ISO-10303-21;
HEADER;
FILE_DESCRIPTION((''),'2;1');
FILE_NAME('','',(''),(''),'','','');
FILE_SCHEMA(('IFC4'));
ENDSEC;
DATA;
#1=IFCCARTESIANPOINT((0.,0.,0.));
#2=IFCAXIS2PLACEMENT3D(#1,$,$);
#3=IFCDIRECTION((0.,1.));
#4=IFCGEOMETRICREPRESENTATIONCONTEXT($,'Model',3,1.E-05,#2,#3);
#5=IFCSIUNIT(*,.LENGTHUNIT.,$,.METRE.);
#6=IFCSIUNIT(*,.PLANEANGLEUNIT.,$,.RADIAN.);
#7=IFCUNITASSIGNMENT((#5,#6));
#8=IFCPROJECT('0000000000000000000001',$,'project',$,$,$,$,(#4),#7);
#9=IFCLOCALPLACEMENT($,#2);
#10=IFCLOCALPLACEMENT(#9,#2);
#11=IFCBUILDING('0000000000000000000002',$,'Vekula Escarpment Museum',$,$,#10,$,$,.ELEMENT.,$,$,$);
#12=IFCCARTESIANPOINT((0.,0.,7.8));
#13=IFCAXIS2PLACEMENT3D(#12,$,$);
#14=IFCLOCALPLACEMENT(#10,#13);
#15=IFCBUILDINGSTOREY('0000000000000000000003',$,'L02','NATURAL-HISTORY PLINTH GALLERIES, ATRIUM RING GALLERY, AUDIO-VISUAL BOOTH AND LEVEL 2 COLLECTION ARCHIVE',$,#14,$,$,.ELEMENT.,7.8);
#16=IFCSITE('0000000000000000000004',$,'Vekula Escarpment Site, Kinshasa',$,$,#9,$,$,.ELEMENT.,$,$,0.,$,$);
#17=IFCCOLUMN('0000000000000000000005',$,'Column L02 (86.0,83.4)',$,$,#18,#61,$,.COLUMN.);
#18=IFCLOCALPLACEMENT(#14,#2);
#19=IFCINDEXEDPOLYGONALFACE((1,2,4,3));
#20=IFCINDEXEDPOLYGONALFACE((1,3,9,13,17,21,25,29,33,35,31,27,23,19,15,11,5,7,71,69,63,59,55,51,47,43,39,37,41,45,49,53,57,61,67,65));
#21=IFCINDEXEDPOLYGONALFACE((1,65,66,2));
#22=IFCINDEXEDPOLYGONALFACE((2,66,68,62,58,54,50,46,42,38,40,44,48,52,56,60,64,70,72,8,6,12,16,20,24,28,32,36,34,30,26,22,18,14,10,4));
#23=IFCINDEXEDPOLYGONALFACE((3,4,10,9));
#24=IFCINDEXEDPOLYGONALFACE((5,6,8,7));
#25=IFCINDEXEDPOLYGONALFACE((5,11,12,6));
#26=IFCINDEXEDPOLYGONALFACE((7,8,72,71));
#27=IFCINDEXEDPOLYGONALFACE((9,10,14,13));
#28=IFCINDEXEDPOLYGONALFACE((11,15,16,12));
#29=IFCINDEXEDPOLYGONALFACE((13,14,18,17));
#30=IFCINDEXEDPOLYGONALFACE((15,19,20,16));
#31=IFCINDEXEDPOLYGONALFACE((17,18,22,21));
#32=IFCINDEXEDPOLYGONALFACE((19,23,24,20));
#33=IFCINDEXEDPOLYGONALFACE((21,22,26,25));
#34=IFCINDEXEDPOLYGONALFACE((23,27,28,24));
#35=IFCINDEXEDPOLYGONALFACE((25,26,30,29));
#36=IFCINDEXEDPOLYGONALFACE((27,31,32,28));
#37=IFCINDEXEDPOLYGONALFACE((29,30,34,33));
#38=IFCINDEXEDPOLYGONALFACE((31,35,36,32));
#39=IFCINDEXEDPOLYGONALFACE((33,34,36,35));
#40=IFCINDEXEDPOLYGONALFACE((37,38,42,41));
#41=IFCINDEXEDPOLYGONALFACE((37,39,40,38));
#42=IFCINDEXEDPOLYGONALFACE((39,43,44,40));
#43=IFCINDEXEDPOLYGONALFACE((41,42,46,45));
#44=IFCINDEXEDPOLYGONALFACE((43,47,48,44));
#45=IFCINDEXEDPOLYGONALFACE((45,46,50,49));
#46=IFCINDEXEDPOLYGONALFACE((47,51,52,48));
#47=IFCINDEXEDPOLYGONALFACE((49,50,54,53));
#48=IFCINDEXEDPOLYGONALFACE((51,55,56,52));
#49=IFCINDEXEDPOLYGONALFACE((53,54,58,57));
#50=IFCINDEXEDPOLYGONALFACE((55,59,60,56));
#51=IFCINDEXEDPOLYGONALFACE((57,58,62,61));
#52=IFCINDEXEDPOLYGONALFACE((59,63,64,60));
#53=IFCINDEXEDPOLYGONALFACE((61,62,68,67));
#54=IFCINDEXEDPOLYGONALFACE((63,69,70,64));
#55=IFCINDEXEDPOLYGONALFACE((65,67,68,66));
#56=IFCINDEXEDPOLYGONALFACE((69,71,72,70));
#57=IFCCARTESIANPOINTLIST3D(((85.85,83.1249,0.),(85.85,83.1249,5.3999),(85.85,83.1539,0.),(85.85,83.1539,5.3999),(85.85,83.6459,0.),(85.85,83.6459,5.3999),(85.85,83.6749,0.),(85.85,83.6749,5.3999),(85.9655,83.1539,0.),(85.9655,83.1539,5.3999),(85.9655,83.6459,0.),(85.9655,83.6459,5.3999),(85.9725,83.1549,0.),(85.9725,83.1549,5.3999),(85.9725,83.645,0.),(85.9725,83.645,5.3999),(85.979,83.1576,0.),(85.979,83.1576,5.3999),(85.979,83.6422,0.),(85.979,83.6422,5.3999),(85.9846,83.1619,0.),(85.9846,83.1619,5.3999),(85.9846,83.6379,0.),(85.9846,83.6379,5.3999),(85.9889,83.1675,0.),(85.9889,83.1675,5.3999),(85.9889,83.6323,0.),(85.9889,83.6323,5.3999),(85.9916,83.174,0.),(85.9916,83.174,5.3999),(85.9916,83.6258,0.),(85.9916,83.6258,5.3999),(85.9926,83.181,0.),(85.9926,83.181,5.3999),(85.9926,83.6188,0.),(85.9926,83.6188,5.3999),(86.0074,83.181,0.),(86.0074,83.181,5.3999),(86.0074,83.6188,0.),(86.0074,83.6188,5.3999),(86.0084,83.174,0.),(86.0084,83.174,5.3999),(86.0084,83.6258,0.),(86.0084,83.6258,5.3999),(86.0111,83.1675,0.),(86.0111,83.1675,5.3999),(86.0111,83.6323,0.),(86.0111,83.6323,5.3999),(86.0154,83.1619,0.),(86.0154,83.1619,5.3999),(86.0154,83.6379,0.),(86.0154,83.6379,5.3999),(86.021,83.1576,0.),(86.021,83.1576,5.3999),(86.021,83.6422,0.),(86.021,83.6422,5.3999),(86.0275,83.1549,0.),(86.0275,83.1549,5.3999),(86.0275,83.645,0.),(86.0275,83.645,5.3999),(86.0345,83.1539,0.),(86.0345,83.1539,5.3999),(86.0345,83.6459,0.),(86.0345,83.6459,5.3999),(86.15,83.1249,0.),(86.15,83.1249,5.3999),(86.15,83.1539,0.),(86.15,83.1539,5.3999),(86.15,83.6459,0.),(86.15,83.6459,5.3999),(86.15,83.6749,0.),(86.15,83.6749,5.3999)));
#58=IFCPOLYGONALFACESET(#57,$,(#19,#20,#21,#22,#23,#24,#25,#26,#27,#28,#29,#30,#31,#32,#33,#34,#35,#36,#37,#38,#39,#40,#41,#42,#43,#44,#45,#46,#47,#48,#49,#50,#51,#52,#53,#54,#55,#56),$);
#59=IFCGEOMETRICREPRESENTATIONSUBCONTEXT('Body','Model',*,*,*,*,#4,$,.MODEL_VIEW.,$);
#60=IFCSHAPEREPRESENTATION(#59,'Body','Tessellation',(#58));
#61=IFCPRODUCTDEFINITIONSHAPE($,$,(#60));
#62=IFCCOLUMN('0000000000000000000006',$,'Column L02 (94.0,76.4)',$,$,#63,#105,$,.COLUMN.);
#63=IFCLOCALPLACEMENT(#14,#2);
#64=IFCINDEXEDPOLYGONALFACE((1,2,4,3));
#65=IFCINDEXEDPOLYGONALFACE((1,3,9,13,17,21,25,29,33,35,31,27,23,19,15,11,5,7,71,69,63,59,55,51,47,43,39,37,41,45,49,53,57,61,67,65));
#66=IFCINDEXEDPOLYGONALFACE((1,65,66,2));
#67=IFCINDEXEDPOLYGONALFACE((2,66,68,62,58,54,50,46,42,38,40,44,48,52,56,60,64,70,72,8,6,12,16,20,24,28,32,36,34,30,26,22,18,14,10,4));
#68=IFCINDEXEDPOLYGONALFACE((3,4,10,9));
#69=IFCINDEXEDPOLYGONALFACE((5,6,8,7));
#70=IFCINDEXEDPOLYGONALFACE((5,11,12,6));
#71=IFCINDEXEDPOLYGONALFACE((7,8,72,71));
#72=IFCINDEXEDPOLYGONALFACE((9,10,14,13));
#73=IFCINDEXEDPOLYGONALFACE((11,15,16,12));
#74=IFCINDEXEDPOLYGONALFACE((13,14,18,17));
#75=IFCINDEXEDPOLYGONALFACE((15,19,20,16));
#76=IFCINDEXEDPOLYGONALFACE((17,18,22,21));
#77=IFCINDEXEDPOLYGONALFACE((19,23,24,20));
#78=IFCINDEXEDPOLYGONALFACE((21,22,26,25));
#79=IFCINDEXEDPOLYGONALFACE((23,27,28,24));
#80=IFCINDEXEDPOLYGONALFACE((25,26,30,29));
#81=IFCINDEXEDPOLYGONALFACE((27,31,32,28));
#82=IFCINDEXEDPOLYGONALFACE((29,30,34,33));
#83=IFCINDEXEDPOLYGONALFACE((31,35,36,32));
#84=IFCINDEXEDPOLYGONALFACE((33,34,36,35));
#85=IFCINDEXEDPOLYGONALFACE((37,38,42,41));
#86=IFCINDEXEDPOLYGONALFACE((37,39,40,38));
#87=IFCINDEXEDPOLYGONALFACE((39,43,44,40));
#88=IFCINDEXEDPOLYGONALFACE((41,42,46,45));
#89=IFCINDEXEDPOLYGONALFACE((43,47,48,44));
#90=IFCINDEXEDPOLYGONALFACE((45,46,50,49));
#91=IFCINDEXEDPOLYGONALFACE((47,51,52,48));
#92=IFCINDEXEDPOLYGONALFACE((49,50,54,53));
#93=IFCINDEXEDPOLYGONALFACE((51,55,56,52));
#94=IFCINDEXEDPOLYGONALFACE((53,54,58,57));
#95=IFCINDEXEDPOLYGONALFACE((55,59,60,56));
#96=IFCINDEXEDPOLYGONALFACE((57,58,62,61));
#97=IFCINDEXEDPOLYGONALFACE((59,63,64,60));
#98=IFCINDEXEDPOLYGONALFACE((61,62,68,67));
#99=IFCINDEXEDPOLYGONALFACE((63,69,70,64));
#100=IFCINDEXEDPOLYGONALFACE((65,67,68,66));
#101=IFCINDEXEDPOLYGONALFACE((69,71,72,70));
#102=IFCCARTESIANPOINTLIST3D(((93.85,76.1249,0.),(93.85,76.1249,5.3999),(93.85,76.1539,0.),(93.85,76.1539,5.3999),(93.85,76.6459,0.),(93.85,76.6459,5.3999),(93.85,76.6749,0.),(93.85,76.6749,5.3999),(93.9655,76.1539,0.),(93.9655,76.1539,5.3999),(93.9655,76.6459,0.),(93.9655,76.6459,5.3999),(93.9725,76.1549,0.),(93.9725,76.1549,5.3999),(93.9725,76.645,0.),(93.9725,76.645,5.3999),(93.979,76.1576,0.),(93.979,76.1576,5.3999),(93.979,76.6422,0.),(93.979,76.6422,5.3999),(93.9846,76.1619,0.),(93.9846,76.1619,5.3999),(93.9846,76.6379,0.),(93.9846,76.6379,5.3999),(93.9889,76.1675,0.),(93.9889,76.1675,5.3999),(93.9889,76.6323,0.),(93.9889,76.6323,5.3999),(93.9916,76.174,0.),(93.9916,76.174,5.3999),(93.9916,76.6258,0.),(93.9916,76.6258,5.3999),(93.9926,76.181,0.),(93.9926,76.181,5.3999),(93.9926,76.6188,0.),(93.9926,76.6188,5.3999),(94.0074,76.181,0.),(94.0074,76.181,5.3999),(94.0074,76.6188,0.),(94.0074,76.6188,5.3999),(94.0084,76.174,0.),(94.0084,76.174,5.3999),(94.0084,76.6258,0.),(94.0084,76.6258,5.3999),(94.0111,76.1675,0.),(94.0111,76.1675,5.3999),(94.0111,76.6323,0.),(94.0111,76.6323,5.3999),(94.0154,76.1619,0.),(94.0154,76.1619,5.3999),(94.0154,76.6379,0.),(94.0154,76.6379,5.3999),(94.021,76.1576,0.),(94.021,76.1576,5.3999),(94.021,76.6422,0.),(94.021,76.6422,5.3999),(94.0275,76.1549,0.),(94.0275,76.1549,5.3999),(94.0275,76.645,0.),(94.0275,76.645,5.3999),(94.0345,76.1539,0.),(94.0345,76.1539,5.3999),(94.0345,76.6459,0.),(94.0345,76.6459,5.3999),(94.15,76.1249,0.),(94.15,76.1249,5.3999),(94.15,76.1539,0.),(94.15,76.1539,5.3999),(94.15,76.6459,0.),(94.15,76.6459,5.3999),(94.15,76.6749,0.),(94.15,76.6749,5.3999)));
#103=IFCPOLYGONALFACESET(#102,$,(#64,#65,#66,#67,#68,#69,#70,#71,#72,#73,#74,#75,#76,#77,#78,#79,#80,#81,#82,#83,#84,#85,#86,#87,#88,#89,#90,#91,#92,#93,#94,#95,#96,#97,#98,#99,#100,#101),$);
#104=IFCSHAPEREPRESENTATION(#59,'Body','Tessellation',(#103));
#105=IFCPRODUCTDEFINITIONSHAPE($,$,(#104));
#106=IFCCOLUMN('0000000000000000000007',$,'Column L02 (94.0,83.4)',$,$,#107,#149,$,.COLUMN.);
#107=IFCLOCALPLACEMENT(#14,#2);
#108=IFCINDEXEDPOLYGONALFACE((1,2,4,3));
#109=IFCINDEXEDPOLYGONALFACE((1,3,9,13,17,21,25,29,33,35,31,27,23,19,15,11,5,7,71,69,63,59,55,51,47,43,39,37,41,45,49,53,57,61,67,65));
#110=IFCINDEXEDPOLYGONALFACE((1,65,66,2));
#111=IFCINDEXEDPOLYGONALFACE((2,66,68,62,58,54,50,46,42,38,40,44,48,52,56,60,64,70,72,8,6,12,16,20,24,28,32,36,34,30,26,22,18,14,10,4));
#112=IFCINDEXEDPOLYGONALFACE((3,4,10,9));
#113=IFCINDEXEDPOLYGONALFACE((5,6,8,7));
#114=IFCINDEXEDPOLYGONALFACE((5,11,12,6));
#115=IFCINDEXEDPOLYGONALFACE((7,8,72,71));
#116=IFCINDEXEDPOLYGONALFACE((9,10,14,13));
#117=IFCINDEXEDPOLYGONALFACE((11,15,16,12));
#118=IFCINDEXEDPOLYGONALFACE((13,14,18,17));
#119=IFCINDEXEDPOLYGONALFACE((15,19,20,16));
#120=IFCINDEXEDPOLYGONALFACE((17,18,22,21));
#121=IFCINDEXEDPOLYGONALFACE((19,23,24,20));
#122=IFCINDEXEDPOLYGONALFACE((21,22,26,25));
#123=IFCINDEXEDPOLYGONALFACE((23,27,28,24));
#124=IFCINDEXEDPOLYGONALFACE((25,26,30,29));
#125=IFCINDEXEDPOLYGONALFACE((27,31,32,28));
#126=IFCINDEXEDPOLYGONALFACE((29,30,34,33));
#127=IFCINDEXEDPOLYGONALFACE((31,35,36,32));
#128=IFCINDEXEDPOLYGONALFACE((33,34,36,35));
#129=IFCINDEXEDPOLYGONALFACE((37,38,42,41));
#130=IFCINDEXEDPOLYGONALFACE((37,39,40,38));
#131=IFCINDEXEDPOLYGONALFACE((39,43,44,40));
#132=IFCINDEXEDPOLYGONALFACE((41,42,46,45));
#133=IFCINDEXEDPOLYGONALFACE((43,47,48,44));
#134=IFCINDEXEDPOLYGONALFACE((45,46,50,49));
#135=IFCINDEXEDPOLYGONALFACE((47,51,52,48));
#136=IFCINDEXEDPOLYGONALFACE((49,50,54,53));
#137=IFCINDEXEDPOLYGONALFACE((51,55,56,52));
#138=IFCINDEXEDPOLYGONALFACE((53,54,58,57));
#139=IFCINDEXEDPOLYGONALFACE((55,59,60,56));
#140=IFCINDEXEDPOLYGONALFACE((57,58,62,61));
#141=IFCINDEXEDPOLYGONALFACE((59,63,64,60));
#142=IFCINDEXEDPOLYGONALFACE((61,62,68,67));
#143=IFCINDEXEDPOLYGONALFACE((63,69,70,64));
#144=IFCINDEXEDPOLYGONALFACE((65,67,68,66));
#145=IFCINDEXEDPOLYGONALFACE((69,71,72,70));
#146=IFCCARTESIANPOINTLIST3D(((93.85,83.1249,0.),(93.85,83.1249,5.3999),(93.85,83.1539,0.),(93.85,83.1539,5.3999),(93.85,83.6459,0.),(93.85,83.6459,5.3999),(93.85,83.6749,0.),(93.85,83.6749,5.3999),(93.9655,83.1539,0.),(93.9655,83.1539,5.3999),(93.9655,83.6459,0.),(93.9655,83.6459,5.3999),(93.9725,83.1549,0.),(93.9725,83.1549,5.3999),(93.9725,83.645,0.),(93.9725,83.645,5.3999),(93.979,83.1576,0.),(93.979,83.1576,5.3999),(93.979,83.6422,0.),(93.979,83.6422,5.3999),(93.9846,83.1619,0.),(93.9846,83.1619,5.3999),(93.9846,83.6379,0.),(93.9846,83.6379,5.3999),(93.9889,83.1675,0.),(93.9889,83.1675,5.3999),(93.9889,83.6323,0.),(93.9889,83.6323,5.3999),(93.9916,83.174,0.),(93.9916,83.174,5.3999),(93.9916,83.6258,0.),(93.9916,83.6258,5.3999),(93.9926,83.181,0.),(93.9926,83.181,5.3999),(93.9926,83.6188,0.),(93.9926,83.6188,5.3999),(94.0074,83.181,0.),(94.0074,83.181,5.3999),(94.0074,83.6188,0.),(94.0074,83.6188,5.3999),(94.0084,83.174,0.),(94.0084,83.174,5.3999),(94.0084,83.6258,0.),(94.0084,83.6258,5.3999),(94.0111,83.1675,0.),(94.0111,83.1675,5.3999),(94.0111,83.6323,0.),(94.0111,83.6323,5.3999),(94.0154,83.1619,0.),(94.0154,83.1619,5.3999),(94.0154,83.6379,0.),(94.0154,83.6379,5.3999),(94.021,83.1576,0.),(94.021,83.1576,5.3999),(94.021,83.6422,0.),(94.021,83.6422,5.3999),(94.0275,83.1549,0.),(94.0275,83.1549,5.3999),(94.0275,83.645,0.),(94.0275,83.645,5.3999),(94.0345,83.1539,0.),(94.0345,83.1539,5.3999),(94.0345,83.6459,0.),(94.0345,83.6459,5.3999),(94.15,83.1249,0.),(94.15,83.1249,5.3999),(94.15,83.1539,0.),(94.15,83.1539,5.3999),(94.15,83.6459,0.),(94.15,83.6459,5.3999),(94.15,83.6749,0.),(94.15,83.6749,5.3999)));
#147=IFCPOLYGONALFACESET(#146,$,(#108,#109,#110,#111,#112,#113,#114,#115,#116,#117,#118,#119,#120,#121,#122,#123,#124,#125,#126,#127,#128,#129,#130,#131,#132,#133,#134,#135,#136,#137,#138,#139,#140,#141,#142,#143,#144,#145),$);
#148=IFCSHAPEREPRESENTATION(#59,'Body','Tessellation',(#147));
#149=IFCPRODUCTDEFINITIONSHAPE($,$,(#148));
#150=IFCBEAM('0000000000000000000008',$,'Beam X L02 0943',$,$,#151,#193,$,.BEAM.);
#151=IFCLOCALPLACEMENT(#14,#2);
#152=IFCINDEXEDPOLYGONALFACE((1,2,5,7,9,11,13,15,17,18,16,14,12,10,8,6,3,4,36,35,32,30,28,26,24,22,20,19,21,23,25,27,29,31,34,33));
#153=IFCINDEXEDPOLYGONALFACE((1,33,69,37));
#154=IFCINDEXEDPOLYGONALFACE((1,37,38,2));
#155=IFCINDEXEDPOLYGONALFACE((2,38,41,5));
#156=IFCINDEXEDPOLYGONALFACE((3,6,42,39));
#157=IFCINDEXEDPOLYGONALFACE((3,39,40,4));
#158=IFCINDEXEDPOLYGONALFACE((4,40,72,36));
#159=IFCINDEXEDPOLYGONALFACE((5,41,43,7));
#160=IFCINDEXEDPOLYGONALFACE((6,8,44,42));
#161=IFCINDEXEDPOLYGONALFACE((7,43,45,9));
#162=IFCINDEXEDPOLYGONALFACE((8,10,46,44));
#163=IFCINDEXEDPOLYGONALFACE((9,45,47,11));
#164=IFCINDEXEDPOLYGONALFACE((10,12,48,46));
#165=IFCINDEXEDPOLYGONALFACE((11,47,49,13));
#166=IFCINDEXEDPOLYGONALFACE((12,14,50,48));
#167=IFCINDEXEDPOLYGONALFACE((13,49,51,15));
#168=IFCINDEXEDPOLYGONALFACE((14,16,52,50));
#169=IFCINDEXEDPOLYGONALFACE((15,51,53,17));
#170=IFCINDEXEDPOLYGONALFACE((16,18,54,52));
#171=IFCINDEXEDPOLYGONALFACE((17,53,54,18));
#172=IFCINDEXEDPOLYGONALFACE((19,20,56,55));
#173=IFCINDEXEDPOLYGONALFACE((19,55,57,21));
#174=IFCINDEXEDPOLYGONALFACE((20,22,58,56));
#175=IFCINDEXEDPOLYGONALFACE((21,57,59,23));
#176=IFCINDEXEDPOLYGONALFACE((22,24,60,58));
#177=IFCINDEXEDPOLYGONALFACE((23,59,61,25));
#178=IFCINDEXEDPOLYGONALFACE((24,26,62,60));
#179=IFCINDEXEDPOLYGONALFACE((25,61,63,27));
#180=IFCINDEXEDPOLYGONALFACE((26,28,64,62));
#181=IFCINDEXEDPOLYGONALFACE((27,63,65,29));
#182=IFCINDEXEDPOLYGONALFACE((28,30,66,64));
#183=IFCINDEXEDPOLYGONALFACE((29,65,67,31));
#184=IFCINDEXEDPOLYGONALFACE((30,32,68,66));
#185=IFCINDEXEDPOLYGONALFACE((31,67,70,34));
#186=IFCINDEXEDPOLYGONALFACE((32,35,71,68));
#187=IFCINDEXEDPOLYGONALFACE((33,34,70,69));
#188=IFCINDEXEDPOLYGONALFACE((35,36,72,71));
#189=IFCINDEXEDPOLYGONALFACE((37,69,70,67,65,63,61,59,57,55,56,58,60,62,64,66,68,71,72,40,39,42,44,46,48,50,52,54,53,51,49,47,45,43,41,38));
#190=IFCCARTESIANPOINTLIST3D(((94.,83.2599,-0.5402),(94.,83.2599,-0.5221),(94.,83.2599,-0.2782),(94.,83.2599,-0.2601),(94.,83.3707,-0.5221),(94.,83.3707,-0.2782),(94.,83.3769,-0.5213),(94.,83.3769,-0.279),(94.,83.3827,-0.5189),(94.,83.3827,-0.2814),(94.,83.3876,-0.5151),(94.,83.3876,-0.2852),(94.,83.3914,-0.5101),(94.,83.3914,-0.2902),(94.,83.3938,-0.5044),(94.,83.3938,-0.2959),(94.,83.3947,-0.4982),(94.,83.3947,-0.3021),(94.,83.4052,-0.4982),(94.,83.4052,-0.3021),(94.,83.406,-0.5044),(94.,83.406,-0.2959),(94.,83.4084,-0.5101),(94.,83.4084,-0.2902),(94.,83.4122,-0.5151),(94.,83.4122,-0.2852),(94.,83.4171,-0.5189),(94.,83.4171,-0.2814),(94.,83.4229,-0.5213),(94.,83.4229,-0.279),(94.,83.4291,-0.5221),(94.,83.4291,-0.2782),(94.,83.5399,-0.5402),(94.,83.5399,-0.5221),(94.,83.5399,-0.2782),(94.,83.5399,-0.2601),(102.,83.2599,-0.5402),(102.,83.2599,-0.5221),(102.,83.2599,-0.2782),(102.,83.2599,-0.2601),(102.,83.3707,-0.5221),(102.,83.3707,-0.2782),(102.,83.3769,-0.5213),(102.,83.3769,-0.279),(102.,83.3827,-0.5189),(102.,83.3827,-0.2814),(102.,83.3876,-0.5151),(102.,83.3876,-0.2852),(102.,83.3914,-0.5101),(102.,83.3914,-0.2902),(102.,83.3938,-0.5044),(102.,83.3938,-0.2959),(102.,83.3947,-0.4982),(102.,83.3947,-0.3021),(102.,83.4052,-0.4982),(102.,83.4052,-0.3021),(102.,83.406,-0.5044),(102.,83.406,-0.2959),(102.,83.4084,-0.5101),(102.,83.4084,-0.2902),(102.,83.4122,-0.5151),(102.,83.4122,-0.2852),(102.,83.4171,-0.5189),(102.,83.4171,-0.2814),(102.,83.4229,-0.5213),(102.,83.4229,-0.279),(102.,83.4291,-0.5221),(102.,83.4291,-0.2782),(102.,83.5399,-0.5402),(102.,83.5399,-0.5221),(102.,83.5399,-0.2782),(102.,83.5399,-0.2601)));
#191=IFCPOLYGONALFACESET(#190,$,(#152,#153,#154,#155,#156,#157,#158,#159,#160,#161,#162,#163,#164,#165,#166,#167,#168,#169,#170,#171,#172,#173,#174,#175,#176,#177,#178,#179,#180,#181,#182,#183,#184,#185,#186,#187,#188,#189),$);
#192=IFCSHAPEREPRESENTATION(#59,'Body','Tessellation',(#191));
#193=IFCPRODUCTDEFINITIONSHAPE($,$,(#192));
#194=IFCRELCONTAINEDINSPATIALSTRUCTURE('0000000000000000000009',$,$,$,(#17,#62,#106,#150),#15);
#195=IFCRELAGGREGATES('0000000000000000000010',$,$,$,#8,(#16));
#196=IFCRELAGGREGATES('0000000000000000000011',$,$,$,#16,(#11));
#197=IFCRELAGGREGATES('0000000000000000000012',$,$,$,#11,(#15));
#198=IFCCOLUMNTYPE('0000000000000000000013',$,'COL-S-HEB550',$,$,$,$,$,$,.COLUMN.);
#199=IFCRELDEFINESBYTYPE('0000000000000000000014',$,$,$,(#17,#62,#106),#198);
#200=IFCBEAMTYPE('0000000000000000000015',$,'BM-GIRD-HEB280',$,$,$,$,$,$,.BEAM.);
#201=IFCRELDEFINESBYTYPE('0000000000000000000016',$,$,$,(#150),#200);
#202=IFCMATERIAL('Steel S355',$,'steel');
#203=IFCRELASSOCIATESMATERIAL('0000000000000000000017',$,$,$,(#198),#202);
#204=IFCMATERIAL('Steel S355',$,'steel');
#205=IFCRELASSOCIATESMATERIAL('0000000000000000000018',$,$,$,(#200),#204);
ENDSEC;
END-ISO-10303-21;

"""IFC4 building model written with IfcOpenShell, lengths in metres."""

from ifc_helpers import new_model, si_unit, direction, frame, origin, origin_2d, place, context, subcontext, project, spatial, i_section, extrude, material, material_profile, profile_set, type_object, element, save


model = new_model("IFC4")

# Units and contexts
model_context = context("Model", 3, precision=1e-05, world=origin(), true_north=direction((0.0, 1.0)))
body_context = subcontext(model_context, "Body", "Model", "MODEL_VIEW")
ifc_project = project(units=[si_unit("LENGTHUNIT", "METRE"), si_unit("PLANEANGLEUNIT", "RADIAN")], contexts=[model_context])

# Site, building, storey
site_placement = place(None, origin())
site = spatial("IfcSite", under=ifc_project, at=site_placement, Name="Vekula Escarpment Site, Kinshasa", CompositionType="ELEMENT", RefElevation=0.0)
building_placement = place(site_placement, origin())
building = spatial("IfcBuilding", under=site, at=building_placement, Name="Vekula Escarpment Museum", CompositionType="ELEMENT")
storey_placement = place(building_placement, frame((0.0, 0.0, 7.8)))
storey = spatial("IfcBuildingStorey", under=building, at=storey_placement, Name="L02", Description="NATURAL-HISTORY PLINTH GALLERIES, ATRIUM RING GALLERY, AUDIO-VISUAL BOOTH AND LEVEL 2 COLLECTION ARCHIVE", CompositionType="ELEMENT", Elevation=7.8)

# Columns
ifc_material_1 = material(Name="Steel S355", Category="steel")
ifc_material_profile_1 = material_profile(ifc_material_1, i_section(OverallWidth=0.3, OverallDepth=0.55, WebThickness=0.0149, FlangeThickness=0.0291, FilletRadius=0.0271, at=origin_2d()), Name="HEB 550")
ifc_profile_set_1 = profile_set([ifc_material_profile_1], Name="Steel S355")
column_type = type_object("IfcColumnType", Name="COL-S-HEB550", PredefinedType="COLUMN", material=ifc_profile_set_1)
for number, where, z_axis, x_axis, name in (
    (1, (86.0, 83.3999, 0.0), (0.0, 0.0, 1.0), (1.0, 0.0, 0.0), "Column L02 (86.0,83.4)"),
    (2, (94.0, 76.3999, 0.0), (0.0, 0.0, 1.0), (1.0, 0.0, 0.0), "Column L02 (94.0,76.4)"),
    (3, (94.0, 83.3999, 0.0), (0.0, 0.0, 1.0), (1.0, 0.0, 0.0), "Column L02 (94.0,83.4)"),
):
    element("IfcColumn", number, at=place(storey_placement, frame(where, z_axis=z_axis, x_axis=x_axis)), inside=storey, type_object=column_type, Name=name, PredefinedType="COLUMN", context=body_context, shape_type="SweptSolid", body=[
        extrude(i_section(OverallWidth=0.3, OverallDepth=0.55, WebThickness=0.0149, FlangeThickness=0.0291, FilletRadius=0.0271, at=origin_2d()), origin(), (0.0, 0.0, 1.0), 5.3999),
    ])

# Beam
ifc_material_2 = material(Name="Steel S355", Category="steel")
ifc_material_profile_2 = material_profile(ifc_material_2, i_section(OverallWidth=0.28, OverallDepth=0.28, WebThickness=0.0105, FlangeThickness=0.0181, FilletRadius=0.0239, at=origin_2d()), Name="HEB 280")
ifc_profile_set_2 = profile_set([ifc_material_profile_2], Name="Steel S355")
beam_type_1 = type_object("IfcBeamType", Name="BM-GIRD-HEB280", PredefinedType="BEAM", material=ifc_profile_set_2)
beam_1_placement = place(storey_placement, frame((94.0, 83.3999, -0.4001), z_axis=(1.0, 0.0, 0.0), x_axis=(0.0, 1.0, 0.0)))
element("IfcBeam", 4, at=beam_1_placement, inside=storey, type_object=beam_type_1, Name="Beam X L02 0943", PredefinedType="BEAM", context=body_context, shape_type="SweptSolid", body=[
    extrude(i_section(OverallWidth=0.28, OverallDepth=0.28, WebThickness=0.0105, FlangeThickness=0.0181, FilletRadius=0.0239, at=origin_2d()), origin(), (0.0, 0.0, 1.0), 8.0),
])

save(model, "model.ifc")
